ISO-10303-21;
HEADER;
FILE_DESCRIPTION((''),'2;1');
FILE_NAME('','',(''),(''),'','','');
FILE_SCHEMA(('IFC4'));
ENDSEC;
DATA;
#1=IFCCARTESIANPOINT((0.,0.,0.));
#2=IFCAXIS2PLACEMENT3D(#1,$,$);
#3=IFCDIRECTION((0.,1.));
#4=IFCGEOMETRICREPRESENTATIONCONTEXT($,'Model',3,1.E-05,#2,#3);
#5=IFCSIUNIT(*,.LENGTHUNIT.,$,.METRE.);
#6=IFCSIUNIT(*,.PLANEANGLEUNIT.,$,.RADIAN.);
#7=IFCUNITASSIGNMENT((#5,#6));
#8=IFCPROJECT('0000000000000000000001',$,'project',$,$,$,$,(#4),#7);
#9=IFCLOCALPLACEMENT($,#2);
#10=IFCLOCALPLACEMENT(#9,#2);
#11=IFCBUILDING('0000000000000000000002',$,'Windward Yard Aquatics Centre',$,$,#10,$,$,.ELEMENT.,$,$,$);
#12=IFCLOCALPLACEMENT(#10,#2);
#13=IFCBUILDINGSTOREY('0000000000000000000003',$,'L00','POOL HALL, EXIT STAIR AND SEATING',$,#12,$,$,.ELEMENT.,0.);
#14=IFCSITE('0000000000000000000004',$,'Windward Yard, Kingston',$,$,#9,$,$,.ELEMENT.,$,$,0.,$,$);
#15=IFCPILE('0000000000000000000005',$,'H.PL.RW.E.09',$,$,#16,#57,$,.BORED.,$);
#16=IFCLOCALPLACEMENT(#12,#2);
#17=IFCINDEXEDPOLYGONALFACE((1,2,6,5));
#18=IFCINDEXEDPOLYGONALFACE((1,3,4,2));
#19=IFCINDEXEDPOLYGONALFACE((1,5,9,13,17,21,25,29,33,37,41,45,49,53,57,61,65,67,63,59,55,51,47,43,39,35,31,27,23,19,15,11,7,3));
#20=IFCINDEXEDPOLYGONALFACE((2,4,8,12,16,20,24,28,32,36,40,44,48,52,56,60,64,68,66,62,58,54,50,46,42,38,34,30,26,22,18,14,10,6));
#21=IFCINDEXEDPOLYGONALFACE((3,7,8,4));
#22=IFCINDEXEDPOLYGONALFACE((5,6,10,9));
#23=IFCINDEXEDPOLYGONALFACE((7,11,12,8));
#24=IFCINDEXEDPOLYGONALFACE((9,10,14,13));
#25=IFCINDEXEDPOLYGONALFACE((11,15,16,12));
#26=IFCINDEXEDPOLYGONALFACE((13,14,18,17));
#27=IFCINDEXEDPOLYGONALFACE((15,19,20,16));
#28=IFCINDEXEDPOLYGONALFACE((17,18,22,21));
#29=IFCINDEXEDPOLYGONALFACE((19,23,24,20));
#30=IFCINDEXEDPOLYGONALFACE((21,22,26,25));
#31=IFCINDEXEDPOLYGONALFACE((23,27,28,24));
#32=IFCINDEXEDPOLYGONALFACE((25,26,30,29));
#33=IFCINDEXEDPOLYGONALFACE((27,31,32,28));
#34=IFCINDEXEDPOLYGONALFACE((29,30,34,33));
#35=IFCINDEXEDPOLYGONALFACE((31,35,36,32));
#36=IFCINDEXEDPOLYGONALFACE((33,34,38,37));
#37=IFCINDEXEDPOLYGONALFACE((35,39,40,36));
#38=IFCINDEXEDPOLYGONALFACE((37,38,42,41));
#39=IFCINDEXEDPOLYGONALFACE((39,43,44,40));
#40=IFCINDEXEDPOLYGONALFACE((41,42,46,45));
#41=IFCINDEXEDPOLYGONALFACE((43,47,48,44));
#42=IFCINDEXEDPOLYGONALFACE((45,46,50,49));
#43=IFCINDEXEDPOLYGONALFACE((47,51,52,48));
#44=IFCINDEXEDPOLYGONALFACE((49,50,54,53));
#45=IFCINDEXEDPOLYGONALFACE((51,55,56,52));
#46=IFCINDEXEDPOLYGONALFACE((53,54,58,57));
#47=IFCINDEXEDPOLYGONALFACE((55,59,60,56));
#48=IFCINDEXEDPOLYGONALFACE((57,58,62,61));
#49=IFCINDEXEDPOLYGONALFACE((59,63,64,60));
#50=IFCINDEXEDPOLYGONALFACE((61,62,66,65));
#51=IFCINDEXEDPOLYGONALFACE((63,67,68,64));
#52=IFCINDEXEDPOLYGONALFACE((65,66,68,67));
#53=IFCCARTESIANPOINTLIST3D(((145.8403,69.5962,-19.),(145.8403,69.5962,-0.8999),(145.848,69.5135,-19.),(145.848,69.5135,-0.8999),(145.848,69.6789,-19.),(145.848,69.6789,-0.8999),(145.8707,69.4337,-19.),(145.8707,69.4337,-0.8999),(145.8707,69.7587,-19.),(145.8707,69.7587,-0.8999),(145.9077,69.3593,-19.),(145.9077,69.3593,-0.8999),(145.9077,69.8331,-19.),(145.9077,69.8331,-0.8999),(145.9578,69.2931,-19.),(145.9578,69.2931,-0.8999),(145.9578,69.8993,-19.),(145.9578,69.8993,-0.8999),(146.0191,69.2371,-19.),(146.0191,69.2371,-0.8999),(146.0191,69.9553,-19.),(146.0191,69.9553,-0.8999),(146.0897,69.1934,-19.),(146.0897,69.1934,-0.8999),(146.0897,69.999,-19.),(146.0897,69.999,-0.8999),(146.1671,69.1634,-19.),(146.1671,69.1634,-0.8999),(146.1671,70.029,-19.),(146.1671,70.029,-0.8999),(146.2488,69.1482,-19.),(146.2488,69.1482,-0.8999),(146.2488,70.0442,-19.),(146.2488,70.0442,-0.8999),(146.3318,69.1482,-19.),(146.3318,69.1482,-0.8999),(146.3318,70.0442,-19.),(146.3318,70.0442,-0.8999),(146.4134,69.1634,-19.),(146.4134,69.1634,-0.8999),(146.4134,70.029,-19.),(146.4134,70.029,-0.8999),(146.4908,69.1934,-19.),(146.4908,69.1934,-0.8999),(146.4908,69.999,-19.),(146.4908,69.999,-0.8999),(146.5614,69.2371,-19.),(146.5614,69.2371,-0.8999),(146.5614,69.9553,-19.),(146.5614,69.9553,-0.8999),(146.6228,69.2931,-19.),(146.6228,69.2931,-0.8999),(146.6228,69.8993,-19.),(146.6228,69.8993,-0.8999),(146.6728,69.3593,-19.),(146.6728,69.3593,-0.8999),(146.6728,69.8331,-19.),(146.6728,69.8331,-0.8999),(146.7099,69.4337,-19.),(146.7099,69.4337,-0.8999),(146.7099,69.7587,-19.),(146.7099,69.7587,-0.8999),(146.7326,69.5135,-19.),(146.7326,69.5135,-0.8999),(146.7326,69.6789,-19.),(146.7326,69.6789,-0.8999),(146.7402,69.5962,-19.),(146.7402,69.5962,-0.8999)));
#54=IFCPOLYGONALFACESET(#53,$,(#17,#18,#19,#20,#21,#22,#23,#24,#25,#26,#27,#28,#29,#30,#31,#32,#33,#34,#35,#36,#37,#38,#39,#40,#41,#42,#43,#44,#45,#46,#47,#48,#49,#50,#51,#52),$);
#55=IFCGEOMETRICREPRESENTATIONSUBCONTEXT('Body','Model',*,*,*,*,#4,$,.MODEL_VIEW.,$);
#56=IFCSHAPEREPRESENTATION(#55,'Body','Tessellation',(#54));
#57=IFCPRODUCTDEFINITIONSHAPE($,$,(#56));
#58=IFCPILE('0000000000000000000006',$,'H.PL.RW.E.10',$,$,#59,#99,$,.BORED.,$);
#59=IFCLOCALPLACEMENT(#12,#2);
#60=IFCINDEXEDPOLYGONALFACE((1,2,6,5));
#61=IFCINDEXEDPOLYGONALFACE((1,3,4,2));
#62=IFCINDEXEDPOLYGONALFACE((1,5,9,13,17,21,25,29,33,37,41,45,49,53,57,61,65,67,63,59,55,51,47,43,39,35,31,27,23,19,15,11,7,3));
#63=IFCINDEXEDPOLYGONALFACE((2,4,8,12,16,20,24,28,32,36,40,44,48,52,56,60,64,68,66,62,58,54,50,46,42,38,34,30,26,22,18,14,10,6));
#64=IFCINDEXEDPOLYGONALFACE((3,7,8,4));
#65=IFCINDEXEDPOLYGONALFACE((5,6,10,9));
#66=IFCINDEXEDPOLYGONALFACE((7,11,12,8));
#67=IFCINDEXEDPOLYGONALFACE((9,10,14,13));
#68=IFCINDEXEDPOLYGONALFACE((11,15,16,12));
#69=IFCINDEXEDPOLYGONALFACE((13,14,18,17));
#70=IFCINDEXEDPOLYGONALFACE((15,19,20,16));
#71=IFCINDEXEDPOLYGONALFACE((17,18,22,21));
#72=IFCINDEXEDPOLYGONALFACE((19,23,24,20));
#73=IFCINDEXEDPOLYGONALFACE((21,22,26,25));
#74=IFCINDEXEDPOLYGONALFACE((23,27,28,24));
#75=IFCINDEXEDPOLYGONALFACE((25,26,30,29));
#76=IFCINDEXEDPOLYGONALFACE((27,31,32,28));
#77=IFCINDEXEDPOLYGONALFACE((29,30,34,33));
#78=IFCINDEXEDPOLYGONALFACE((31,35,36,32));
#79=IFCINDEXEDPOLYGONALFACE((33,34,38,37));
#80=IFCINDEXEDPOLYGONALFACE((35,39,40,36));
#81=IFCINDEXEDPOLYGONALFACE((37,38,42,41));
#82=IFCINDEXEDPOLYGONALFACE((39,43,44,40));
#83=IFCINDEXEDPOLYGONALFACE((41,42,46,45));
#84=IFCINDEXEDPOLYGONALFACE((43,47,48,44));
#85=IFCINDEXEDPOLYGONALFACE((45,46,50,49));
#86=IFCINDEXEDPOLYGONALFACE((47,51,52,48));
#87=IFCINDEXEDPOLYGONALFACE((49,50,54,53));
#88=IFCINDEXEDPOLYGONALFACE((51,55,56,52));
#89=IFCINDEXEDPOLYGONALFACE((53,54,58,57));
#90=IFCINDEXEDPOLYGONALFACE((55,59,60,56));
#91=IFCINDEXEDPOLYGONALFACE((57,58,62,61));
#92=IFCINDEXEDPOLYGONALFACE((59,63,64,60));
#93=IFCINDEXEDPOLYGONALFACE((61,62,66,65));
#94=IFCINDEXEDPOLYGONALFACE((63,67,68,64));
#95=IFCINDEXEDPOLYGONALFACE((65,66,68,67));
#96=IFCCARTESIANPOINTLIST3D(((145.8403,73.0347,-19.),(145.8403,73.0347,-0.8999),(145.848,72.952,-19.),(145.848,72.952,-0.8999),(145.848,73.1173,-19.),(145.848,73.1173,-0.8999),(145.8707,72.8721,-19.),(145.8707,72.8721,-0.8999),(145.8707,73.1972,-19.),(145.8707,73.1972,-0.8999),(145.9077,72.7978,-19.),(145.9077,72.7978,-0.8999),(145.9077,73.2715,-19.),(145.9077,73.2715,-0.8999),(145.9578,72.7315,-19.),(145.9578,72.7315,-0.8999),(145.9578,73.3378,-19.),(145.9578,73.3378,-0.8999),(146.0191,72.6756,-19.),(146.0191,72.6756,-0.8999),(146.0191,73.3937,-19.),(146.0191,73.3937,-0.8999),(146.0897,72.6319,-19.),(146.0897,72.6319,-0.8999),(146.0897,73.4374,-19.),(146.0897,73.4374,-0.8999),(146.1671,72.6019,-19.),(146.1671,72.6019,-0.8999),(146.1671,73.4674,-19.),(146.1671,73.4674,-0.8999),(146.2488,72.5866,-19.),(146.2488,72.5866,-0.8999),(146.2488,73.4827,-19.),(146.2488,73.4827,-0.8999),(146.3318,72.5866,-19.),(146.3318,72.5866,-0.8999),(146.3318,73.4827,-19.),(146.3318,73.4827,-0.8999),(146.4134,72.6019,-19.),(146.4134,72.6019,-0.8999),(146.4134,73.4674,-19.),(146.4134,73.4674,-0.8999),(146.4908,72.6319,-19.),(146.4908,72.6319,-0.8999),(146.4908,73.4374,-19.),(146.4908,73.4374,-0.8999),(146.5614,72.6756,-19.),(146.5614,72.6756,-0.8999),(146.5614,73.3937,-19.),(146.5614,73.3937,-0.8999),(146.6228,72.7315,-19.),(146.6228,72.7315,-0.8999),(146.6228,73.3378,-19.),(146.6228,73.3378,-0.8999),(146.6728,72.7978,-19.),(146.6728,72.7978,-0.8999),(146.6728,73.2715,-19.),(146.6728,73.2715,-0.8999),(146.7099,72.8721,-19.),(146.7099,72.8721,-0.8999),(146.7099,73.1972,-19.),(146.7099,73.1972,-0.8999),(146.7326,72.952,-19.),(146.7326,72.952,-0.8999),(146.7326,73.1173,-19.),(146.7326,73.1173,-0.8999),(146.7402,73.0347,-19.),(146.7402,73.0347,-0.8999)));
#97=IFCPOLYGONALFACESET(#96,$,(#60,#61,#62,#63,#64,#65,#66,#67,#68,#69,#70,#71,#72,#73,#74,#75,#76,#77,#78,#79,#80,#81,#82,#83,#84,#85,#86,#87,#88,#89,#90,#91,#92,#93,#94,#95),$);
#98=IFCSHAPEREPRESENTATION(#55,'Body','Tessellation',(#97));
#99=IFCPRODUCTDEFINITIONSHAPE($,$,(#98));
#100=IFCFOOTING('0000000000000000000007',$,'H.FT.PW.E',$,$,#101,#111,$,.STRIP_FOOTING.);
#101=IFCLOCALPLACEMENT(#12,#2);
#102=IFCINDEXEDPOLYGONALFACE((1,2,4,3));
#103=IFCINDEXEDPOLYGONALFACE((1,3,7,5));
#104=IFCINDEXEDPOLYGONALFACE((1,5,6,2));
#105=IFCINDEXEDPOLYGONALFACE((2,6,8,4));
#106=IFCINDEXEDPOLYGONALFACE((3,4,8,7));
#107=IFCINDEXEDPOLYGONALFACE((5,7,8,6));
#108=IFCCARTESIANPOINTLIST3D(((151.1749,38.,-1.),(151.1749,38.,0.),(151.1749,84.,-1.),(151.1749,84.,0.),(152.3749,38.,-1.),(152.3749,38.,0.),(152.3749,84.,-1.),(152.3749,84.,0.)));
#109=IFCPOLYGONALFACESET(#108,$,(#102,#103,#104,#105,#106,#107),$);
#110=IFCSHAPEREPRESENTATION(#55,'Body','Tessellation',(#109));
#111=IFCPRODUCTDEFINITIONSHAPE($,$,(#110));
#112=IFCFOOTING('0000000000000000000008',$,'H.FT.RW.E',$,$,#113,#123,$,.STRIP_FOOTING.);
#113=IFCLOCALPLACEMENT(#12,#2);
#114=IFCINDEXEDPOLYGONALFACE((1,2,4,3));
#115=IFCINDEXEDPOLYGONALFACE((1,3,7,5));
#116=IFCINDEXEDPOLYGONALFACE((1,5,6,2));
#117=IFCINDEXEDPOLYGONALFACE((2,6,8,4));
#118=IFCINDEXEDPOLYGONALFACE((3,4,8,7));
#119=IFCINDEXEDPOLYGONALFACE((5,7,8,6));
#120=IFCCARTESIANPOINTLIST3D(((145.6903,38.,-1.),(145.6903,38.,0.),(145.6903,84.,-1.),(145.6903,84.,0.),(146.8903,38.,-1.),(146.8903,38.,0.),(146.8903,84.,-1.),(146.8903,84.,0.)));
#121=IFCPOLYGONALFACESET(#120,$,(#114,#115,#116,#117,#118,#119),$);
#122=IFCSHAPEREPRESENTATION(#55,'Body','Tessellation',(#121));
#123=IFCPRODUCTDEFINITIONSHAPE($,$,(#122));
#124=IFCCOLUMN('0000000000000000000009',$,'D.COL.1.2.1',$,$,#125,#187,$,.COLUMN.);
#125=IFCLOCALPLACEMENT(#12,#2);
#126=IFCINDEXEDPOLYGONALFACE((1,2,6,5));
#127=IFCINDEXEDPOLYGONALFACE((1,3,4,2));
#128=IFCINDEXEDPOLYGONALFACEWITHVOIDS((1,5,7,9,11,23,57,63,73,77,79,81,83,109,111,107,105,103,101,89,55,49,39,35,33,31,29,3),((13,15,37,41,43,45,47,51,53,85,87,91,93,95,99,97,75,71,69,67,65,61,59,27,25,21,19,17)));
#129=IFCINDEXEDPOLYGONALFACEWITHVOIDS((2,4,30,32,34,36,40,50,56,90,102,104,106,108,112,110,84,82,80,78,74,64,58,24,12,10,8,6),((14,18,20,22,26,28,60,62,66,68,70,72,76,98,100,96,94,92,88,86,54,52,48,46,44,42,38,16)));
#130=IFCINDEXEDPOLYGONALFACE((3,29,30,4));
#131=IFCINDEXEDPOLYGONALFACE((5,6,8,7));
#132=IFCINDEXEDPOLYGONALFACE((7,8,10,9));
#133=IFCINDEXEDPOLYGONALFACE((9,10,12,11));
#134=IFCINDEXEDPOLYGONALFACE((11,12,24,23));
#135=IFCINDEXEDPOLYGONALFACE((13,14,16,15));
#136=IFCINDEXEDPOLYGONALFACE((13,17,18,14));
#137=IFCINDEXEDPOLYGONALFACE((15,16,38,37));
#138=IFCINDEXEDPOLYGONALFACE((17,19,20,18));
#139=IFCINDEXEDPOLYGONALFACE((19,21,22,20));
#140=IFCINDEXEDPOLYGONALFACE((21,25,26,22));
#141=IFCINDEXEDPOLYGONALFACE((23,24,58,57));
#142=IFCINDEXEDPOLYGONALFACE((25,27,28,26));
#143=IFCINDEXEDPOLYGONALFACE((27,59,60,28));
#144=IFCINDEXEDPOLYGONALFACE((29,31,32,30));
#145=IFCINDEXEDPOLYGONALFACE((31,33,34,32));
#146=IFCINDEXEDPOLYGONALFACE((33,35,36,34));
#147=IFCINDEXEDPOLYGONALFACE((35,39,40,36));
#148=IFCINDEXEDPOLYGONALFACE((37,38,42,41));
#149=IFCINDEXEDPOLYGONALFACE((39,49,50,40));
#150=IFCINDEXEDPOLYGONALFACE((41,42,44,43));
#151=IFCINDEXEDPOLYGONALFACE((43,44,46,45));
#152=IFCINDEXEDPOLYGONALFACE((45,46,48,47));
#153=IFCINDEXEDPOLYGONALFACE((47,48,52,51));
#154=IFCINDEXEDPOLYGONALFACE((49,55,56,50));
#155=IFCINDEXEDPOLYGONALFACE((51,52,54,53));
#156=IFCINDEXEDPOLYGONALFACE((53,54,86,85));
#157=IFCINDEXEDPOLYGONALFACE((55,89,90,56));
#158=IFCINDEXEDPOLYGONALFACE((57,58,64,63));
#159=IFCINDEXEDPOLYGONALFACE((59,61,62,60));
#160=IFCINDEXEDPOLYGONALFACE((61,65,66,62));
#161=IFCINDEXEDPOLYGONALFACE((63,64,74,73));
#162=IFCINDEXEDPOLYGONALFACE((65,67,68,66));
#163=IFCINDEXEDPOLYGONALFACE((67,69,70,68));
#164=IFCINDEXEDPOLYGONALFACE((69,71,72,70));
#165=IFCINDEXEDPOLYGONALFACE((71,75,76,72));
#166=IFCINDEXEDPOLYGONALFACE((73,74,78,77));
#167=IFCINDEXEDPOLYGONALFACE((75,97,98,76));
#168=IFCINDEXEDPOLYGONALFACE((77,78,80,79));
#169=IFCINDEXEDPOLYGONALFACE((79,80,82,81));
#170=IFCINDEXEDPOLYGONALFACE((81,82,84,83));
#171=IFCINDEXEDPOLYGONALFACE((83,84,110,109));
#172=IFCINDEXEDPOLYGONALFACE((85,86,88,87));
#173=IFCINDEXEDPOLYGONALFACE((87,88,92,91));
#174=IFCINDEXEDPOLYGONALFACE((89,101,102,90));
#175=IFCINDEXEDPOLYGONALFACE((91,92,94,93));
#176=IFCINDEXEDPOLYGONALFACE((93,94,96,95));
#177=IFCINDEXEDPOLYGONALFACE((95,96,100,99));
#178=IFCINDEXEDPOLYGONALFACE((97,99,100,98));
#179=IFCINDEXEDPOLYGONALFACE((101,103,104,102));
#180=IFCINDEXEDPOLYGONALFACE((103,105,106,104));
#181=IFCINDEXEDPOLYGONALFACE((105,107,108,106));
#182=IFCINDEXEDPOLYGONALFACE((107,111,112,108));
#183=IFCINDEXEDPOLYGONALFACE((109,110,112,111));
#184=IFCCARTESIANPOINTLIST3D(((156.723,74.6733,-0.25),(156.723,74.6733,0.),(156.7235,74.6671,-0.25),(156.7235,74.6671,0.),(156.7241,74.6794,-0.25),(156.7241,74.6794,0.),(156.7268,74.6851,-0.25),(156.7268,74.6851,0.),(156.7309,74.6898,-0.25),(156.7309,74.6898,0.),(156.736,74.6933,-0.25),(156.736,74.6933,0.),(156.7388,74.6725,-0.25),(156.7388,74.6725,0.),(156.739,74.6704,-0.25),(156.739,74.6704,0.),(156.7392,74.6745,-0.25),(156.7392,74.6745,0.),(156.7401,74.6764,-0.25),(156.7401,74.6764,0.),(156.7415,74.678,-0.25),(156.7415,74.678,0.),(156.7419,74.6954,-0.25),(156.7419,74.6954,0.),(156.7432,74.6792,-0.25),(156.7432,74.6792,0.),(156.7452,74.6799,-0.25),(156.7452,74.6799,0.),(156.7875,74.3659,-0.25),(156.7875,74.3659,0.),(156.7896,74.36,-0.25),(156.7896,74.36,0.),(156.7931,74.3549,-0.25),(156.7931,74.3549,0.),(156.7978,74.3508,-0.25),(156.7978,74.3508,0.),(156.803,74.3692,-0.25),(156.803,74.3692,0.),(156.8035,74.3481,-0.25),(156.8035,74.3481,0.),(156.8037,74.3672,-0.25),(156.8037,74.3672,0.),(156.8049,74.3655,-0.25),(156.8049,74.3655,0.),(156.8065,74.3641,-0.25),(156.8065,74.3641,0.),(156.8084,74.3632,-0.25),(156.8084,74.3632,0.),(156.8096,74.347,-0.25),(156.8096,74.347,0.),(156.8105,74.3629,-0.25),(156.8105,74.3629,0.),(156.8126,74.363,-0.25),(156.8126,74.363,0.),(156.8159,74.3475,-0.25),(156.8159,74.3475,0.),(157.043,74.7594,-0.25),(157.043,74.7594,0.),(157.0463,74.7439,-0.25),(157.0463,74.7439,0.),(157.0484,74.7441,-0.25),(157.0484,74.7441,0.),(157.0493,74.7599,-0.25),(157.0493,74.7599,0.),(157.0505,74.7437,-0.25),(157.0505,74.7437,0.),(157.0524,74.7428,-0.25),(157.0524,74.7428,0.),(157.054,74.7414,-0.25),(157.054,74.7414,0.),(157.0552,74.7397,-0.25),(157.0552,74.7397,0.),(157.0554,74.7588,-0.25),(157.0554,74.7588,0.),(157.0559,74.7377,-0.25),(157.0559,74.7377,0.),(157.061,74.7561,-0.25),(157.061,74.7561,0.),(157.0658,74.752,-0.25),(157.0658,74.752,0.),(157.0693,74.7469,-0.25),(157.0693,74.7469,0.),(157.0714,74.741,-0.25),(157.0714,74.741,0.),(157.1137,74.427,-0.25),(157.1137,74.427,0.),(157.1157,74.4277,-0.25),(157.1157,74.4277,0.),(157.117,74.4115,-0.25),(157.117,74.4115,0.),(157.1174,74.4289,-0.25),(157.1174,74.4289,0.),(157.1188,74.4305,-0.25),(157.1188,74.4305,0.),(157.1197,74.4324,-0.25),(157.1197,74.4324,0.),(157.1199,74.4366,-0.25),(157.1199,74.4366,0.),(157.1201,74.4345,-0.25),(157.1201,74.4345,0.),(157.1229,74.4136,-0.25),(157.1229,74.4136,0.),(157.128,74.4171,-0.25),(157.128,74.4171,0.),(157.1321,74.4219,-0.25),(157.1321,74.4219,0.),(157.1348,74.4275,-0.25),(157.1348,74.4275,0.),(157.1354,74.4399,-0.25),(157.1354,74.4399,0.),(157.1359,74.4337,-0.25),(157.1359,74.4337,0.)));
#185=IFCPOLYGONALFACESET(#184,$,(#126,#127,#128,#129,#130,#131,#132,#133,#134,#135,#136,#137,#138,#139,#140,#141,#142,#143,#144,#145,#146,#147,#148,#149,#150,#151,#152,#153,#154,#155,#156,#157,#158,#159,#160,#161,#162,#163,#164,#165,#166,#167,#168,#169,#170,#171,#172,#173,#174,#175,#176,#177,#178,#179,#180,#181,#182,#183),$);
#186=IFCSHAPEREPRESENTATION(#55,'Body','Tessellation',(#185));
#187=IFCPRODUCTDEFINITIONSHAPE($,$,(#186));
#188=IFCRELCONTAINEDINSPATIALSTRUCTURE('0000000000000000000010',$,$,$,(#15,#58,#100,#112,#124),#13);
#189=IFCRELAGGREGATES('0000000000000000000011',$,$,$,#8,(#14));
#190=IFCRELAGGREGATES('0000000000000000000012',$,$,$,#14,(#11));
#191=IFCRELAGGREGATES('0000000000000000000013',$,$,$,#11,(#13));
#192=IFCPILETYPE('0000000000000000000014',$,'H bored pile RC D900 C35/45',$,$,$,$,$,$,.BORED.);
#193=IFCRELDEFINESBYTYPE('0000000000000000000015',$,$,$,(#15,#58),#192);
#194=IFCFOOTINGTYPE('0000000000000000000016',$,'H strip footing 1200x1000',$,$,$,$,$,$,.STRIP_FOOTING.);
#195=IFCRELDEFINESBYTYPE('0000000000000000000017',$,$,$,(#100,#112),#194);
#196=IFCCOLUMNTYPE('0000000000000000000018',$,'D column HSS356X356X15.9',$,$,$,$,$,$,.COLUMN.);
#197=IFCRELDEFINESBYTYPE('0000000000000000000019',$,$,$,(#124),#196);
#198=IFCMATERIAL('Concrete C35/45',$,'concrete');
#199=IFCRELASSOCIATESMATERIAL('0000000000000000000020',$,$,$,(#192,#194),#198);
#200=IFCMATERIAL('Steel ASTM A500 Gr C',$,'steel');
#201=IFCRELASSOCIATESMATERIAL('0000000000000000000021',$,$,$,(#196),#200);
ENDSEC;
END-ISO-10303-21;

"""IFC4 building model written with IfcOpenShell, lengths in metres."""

from ifc_helpers import new_model, si_unit, direction, frame, origin, origin_2d, place, context, subcontext, project, spatial, rectangle, hollow_rectangle, circle, extrude, material, material_profile, profile_set, type_object, element, save


model = new_model("IFC4")

# Units and contexts
model_context = context("Model", 3, precision=1e-05, world=origin(), true_north=direction((0.0, 1.0)))
body_context = subcontext(model_context, "Body", "Model", "MODEL_VIEW")
ifc_project = project(units=[si_unit("LENGTHUNIT", "METRE"), si_unit("PLANEANGLEUNIT", "RADIAN")], contexts=[model_context])

# Site, building, storey
site_placement = place(None, origin())
site = spatial("IfcSite", under=ifc_project, at=site_placement, Name="Windward Yard, Kingston", CompositionType="ELEMENT", RefElevation=0.0)
building_placement = place(site_placement, origin())
building = spatial("IfcBuilding", under=site, at=building_placement, Name="Windward Yard Aquatics Centre", CompositionType="ELEMENT")
storey_placement = place(building_placement, origin())
storey = spatial("IfcBuildingStorey", under=building, at=storey_placement, Name="L00", Description="POOL HALL, EXIT STAIR AND SEATING", CompositionType="ELEMENT", Elevation=0.0)

# Shared definitions
ifc_material_1 = material(Name="Concrete C35/45", Category="concrete")

# Piles
ifc_material_profile_1 = material_profile(ifc_material_1, circle(Radius=0.45, at=origin_2d()), Name="RC D900")
ifc_profile_set_1 = profile_set([ifc_material_profile_1], Name="Concrete C35/45")
pile_type = type_object("IfcPileType", Name="H bored pile RC D900 C35/45", PredefinedType="BORED", material=ifc_profile_set_1)
for number, where, z_axis, x_axis, name in (
    (1, (146.2903, 69.5962, -0.8999), (0.0, 0.0, -1.0), (1.0, 0.0, 0.0), "H.PL.RW.E.09"),
    (2, (146.2903, 73.0347, -0.8999), (0.0, 0.0, -1.0), (1.0, 0.0, 0.0), "H.PL.RW.E.10"),
):
    element("IfcPile", number, at=place(storey_placement, frame(where, z_axis=z_axis, x_axis=x_axis)), inside=storey, type_object=pile_type, Name=name, PredefinedType="BORED", context=body_context, shape_type="SweptSolid", body=[
        extrude(circle(Radius=0.45, at=origin_2d()), origin(), (0.0, 0.0, 1.0), 18.1001),
    ])

# Footings
footing_type_1 = type_object("IfcFootingType", Name="H strip footing 1200x1000", PredefinedType="STRIP_FOOTING", material=ifc_material_1)
for number, where, z_axis, x_axis, name in (
    (3, (151.7749, 61.0, -1.0), (0.0, 0.0, 1.0), (1.0, 0.0, 0.0), "H.FT.PW.E"),
    (4, (146.2903, 61.0, -1.0), (0.0, 0.0, 1.0), (1.0, 0.0, 0.0), "H.FT.RW.E"),
):
    element("IfcFooting", number, at=place(storey_placement, frame(where, z_axis=z_axis, x_axis=x_axis)), inside=storey, type_object=footing_type_1, Name=name, PredefinedType="STRIP_FOOTING", context=body_context, shape_type="SweptSolid", body=[
        extrude(rectangle(XDim=1.2, YDim=46.0, at=origin_2d()), origin(), (0.0, 0.0, 1.0), 1.0),
    ])

# Column
ifc_material_2 = material(Name="Steel ASTM A500 Gr C", Category="steel")
ifc_material_profile_2 = material_profile(ifc_material_2, hollow_rectangle(XDim=0.3557, YDim=0.3557, WallThickness=0.0159, InnerFilletRadius=0.0081, OuterFilletRadius=0.0239, at=origin_2d()), Name="HSS356X356X15.9")
ifc_profile_set_2 = profile_set([ifc_material_profile_2], Name="Steel ASTM A500 Gr C")
column_type = type_object("IfcColumnType", Name="D column HSS356X356X15.9", PredefinedType="COLUMN", material=ifc_profile_set_2)
column_1_placement = place(storey_placement, frame((156.9294, 74.5535, -0.25), z_axis=(0.0, 0.0, 1.0), x_axis=(0.978148, 0.207912, 0.0)))
element("IfcColumn", 5, at=column_1_placement, inside=storey, type_object=column_type, Name="D.COL.1.2.1", PredefinedType="COLUMN", context=body_context, shape_type="SweptSolid", body=[
    extrude(hollow_rectangle(XDim=0.3557, YDim=0.3557, WallThickness=0.0159, InnerFilletRadius=0.0081, OuterFilletRadius=0.0239, at=origin_2d()), origin(), (0.0, 0.0, 1.0), 0.25),
])

save(model, "model.ifc")
